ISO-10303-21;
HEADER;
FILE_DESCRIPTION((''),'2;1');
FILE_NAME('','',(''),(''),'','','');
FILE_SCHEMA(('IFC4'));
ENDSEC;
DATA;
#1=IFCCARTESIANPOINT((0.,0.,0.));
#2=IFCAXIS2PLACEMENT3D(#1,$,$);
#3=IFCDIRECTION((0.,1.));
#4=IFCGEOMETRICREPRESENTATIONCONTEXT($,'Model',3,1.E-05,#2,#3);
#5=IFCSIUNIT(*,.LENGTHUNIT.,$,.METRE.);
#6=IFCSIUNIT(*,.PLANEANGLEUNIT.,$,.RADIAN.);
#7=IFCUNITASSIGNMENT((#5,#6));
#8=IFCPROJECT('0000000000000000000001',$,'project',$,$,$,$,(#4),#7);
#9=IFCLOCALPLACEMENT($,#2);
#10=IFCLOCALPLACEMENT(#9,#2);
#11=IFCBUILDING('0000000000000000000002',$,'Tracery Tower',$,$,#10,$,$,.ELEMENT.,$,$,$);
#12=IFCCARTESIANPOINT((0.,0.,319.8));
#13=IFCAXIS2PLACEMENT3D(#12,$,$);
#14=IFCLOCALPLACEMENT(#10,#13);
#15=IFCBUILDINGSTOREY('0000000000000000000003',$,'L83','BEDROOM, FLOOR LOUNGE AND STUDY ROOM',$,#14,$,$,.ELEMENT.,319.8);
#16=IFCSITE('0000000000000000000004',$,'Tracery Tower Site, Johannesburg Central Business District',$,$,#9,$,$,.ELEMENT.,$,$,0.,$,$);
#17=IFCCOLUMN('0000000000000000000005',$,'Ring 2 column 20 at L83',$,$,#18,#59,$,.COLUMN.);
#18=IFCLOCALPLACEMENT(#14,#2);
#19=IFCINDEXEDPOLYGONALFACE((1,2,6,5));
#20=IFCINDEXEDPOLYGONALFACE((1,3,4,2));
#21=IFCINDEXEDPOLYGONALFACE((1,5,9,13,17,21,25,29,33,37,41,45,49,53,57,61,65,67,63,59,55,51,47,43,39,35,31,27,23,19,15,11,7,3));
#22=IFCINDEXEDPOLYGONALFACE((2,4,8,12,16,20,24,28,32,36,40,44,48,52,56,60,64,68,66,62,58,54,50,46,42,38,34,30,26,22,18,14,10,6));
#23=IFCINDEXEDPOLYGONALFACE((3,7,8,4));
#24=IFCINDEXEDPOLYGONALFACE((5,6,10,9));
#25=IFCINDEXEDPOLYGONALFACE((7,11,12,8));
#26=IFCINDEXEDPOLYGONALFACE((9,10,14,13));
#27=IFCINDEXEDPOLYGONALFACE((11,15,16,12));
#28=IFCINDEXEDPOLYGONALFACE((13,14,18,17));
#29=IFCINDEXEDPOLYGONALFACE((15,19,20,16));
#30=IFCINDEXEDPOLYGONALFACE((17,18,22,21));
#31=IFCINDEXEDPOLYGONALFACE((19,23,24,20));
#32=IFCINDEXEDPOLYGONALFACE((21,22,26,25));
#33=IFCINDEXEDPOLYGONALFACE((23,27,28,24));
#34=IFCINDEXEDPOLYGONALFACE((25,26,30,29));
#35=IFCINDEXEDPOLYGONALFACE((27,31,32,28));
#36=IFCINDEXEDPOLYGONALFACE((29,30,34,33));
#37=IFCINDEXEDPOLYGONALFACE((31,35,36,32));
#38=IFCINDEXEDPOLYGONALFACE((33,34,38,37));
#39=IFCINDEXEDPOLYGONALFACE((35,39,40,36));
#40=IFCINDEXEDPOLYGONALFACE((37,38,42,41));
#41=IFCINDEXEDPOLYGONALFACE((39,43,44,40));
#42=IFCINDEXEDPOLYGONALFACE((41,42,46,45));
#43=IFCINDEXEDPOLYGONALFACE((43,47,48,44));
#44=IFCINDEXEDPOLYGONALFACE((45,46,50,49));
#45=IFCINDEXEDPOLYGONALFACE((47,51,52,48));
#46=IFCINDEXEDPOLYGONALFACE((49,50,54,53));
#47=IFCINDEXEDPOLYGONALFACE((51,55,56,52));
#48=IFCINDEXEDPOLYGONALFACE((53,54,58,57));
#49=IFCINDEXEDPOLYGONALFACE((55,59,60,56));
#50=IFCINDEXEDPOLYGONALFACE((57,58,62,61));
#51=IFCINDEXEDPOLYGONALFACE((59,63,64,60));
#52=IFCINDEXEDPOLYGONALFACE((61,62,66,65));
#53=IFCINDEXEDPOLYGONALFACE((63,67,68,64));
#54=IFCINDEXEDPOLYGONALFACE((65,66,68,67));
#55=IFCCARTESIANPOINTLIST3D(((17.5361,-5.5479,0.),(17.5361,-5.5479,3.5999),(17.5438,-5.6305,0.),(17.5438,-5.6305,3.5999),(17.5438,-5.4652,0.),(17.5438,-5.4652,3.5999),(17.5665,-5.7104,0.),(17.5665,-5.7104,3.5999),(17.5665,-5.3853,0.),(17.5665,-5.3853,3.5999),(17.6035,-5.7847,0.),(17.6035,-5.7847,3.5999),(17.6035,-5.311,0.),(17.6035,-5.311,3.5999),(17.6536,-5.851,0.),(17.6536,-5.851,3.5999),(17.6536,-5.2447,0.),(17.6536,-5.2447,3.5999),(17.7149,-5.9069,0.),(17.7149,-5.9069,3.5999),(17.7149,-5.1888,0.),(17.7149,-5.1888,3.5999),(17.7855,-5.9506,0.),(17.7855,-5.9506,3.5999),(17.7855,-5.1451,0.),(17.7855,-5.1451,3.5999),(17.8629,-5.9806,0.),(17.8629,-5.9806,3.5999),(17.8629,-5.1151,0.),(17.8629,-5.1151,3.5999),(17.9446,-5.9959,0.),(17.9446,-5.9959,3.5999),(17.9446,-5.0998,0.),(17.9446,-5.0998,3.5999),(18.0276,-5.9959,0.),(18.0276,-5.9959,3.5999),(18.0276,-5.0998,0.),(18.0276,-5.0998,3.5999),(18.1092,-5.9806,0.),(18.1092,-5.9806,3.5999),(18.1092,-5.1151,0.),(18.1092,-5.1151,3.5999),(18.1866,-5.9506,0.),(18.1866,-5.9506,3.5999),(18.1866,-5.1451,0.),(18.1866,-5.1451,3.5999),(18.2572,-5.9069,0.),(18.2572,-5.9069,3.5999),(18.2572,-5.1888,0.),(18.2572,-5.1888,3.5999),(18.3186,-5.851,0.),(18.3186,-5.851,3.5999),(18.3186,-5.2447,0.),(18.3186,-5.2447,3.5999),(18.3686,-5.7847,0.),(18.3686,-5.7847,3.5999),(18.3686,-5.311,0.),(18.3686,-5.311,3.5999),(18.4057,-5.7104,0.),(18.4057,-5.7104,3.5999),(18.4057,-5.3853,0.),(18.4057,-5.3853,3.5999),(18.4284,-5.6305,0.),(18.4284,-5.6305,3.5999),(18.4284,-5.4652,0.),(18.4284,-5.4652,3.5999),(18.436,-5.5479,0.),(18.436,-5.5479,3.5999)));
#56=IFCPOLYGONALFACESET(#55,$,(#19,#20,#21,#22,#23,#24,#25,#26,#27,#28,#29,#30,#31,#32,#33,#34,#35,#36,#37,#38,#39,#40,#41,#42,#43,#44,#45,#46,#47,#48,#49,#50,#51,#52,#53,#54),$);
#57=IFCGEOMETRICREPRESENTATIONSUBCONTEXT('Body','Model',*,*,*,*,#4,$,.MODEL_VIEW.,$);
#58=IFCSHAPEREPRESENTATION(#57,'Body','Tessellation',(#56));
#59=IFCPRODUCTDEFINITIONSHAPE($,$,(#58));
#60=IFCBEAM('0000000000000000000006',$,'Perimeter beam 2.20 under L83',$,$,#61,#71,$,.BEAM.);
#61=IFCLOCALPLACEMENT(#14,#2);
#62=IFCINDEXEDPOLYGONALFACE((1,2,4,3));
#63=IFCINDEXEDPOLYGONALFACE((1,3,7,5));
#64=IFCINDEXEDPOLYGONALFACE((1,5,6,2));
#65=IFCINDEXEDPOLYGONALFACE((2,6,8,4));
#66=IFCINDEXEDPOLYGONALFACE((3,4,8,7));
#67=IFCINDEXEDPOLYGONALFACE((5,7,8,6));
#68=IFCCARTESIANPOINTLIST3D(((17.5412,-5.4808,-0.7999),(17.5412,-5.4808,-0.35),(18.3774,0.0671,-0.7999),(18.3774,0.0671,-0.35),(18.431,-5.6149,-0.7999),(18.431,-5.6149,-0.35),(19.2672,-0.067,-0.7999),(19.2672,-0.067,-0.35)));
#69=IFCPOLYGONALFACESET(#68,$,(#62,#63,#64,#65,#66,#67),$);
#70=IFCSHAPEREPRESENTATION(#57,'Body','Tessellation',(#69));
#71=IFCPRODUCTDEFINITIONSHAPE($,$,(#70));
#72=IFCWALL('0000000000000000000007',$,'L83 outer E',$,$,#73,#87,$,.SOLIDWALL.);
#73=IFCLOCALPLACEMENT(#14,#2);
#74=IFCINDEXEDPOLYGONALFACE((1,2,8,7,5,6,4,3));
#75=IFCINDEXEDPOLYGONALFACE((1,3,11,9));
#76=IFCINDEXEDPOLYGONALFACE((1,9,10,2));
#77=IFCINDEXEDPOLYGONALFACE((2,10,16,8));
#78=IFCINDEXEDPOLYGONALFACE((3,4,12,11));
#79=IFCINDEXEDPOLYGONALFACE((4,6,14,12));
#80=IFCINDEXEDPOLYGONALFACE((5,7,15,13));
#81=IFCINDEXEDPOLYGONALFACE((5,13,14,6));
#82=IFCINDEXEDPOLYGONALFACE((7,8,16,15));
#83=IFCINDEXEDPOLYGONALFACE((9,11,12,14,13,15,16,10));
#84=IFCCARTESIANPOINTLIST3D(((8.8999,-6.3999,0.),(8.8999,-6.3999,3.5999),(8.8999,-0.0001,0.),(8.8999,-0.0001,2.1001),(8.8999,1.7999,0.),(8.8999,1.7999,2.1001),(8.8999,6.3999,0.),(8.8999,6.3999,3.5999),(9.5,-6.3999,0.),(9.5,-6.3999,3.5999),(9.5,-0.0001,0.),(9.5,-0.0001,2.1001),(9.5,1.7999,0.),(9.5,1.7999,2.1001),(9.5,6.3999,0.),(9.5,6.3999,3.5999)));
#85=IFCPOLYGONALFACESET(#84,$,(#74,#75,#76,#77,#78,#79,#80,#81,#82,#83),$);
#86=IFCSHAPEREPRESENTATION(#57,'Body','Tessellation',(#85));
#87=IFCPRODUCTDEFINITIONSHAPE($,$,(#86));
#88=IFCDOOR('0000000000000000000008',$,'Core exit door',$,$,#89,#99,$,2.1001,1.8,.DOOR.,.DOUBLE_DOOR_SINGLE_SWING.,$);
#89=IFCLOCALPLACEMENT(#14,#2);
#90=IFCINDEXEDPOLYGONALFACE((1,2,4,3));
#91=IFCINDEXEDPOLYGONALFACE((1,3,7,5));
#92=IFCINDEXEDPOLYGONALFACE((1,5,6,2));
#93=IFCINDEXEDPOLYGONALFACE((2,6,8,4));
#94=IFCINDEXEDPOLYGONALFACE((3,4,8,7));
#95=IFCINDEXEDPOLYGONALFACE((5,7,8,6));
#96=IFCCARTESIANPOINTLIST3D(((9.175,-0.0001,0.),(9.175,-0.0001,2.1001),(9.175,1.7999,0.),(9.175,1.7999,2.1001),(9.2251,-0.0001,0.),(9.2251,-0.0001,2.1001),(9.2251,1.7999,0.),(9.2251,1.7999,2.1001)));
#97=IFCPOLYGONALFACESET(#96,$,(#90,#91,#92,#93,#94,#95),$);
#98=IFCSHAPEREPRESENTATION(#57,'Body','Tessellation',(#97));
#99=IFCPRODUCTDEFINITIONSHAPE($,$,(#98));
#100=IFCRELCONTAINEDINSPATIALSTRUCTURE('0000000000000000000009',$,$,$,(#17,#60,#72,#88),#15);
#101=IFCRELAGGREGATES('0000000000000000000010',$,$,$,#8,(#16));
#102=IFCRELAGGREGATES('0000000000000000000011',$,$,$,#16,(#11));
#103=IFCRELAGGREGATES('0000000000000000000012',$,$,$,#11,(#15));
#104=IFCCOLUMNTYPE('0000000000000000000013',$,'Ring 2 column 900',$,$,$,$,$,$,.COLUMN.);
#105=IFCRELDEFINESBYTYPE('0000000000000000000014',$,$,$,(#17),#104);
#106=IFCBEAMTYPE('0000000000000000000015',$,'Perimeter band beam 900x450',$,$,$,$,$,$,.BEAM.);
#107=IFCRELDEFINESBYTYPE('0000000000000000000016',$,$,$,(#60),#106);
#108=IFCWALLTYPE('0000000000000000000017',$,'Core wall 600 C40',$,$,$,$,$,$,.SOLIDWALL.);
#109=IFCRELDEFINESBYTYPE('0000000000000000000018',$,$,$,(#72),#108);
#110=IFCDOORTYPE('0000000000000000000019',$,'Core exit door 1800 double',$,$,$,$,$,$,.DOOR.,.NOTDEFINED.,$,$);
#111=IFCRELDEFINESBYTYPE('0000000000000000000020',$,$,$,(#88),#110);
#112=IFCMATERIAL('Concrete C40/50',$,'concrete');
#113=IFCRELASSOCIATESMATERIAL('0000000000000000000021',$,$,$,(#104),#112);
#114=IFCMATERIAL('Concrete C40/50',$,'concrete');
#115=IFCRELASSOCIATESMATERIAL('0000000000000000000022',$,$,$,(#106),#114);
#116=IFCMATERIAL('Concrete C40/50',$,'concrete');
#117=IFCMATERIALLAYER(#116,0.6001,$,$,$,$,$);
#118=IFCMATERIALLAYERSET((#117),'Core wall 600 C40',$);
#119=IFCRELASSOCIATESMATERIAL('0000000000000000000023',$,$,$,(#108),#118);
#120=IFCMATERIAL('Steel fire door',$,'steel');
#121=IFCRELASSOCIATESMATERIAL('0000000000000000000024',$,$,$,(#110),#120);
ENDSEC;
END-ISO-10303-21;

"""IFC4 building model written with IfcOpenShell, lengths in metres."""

from ifc_helpers import new_model, si_unit, direction, frame, frame_2d, origin, origin_2d, place, context, subcontext, project, spatial, rectangle, circle, extrude, material, layer, layer_set, material_profile, profile_set, type_object, element, fill, save


model = new_model("IFC4")

# Units and contexts
model_context = context("Model", 3, precision=1e-05, world=origin(), true_north=direction((0.0, 1.0)))
body_context = subcontext(model_context, "Body", "Model", "MODEL_VIEW")
ifc_project = project(units=[si_unit("LENGTHUNIT", "METRE"), si_unit("PLANEANGLEUNIT", "RADIAN")], contexts=[model_context])

# Site, building, storey
site_placement = place(None, origin())
site = spatial("IfcSite", under=ifc_project, at=site_placement, Name="Tracery Tower Site, Johannesburg Central Business District", CompositionType="ELEMENT", RefElevation=0.0)
building_placement = place(site_placement, origin())
building = spatial("IfcBuilding", under=site, at=building_placement, Name="Tracery Tower", CompositionType="ELEMENT")
storey_placement = place(building_placement, frame((0.0, 0.0, 319.8)))
storey = spatial("IfcBuildingStorey", under=building, at=storey_placement, Name="L83", Description="BEDROOM, FLOOR LOUNGE AND STUDY ROOM", CompositionType="ELEMENT", Elevation=319.8)

# Column
ifc_material_1 = material(Name="Concrete C40/50", Category="concrete")
ifc_material_profile_1 = material_profile(ifc_material_1, circle(Radius=0.45, at=origin_2d()), Name="RC D900")
ifc_profile_set_1 = profile_set([ifc_material_profile_1], Name="Concrete C40/50")
column_type = type_object("IfcColumnType", Name="Ring 2 column 900", PredefinedType="COLUMN", material=ifc_profile_set_1)
column_placement = place(storey_placement, frame((17.9861, -5.5479, 0.0), z_axis=(0.0, 0.0, 1.0), x_axis=(1.0, 0.0, 0.0)))
element("IfcColumn", 1, at=column_placement, inside=storey, type_object=column_type, Name="Ring 2 column 20 at L83", PredefinedType="COLUMN", context=body_context, shape_type="SweptSolid", body=[
    extrude(circle(Radius=0.45, at=origin_2d()), origin(), (0.0, 0.0, 1.0), 3.5999),
])

# Beam
ifc_material_2 = material(Name="Concrete C40/50", Category="concrete")
ifc_material_profile_2 = material_profile(ifc_material_2, rectangle(XDim=0.8999, YDim=0.45, at=origin_2d()), Name="RC 900x450")
ifc_profile_set_2 = profile_set([ifc_material_profile_2], Name="Concrete C40/50")
beam_type = type_object("IfcBeamType", Name="Perimeter band beam 900x450", PredefinedType="BEAM", material=ifc_profile_set_2)
beam_placement = place(storey_placement, frame((17.9861, -5.5479, -0.575), z_axis=(0.149038, 0.988831, 0.0), x_axis=(-0.988831, 0.149038, 0.0)))
element("IfcBeam", 2, at=beam_placement, inside=storey, type_object=beam_type, Name="Perimeter beam 2.20 under L83", PredefinedType="BEAM", context=body_context, shape_type="SweptSolid", body=[
    extrude(rectangle(XDim=0.8999, YDim=0.45, at=origin_2d()), origin(), (0.0, 0.0, 1.0), 5.6106),
])

# Wall, opening, door
ifc_material_3 = material(Name="Concrete C40/50", Category="concrete")
ifc_layer_1 = layer(ifc_material_3, 0.6001)
ifc_layer_set_1 = layer_set([ifc_layer_1], Name="Core wall 600 C40")
wall_type_1 = type_object("IfcWallType", Name="Core wall 600 C40", PredefinedType="SOLIDWALL", material=ifc_layer_set_1)
wall_1_placement = place(storey_placement, frame((9.2, -6.3999, 0.0), z_axis=(0.0, 0.0, 1.0), x_axis=(0.0, 1.0, 0.0)))
wall_1 = element("IfcWall", 3, at=wall_1_placement, inside=storey, type_object=wall_type_1, Name="L83 outer E", PredefinedType="SOLIDWALL", context=body_context, shape_type="SweptSolid", body=[
    extrude(rectangle(XDim=12.7998, YDim=0.6001, at=frame_2d((6.3999, 0.0))), origin(), (0.0, 0.0, 1.0), 3.5999),
])
opening_1_placement = place(wall_1_placement, frame((6.3999, 0.0, 0.0)))
opening_1 = element("IfcOpeningElement", 4, at=opening_1_placement, cuts=wall_1, PredefinedType="OPENING", context=body_context, shape_type="SweptSolid", body=[
    extrude(rectangle(XDim=1.8, YDim=2.1001, at=frame_2d((0.8999, 1.05))), frame((0.0, 0.3, 0.0), z_axis=(0.0, -1.0, 0.0), x_axis=(1.0, 0.0, 0.0)), (0.0, 0.0, 1.0), 0.6001),
])
ifc_material_4 = material(Name="Steel fire door", Category="steel")
door_type_1 = type_object("IfcDoorType", Name="Core exit door 1800 double", OperationType="NOTDEFINED", PredefinedType="DOOR", material=ifc_material_4)
door_1_placement = place(opening_1_placement, origin())
door_1 = element("IfcDoor", 5, at=door_1_placement, inside=storey, type_object=door_type_1, Name="Core exit door", OperationType="DOUBLE_DOOR_SINGLE_SWING", OverallHeight=2.1001, OverallWidth=1.8, PredefinedType="DOOR", context=body_context, shape_type="SweptSolid", body=[
    extrude(rectangle(XDim=1.8, YDim=2.1001, at=frame_2d((0.8999, 1.05))), frame((0.0, 0.0249, 0.0), z_axis=(0.0, -1.0, 0.0), x_axis=(1.0, 0.0, 0.0)), (0.0, 0.0, 1.0), 0.05),
])
fill(opening_1, door_1)

save(model, "model.ifc")
